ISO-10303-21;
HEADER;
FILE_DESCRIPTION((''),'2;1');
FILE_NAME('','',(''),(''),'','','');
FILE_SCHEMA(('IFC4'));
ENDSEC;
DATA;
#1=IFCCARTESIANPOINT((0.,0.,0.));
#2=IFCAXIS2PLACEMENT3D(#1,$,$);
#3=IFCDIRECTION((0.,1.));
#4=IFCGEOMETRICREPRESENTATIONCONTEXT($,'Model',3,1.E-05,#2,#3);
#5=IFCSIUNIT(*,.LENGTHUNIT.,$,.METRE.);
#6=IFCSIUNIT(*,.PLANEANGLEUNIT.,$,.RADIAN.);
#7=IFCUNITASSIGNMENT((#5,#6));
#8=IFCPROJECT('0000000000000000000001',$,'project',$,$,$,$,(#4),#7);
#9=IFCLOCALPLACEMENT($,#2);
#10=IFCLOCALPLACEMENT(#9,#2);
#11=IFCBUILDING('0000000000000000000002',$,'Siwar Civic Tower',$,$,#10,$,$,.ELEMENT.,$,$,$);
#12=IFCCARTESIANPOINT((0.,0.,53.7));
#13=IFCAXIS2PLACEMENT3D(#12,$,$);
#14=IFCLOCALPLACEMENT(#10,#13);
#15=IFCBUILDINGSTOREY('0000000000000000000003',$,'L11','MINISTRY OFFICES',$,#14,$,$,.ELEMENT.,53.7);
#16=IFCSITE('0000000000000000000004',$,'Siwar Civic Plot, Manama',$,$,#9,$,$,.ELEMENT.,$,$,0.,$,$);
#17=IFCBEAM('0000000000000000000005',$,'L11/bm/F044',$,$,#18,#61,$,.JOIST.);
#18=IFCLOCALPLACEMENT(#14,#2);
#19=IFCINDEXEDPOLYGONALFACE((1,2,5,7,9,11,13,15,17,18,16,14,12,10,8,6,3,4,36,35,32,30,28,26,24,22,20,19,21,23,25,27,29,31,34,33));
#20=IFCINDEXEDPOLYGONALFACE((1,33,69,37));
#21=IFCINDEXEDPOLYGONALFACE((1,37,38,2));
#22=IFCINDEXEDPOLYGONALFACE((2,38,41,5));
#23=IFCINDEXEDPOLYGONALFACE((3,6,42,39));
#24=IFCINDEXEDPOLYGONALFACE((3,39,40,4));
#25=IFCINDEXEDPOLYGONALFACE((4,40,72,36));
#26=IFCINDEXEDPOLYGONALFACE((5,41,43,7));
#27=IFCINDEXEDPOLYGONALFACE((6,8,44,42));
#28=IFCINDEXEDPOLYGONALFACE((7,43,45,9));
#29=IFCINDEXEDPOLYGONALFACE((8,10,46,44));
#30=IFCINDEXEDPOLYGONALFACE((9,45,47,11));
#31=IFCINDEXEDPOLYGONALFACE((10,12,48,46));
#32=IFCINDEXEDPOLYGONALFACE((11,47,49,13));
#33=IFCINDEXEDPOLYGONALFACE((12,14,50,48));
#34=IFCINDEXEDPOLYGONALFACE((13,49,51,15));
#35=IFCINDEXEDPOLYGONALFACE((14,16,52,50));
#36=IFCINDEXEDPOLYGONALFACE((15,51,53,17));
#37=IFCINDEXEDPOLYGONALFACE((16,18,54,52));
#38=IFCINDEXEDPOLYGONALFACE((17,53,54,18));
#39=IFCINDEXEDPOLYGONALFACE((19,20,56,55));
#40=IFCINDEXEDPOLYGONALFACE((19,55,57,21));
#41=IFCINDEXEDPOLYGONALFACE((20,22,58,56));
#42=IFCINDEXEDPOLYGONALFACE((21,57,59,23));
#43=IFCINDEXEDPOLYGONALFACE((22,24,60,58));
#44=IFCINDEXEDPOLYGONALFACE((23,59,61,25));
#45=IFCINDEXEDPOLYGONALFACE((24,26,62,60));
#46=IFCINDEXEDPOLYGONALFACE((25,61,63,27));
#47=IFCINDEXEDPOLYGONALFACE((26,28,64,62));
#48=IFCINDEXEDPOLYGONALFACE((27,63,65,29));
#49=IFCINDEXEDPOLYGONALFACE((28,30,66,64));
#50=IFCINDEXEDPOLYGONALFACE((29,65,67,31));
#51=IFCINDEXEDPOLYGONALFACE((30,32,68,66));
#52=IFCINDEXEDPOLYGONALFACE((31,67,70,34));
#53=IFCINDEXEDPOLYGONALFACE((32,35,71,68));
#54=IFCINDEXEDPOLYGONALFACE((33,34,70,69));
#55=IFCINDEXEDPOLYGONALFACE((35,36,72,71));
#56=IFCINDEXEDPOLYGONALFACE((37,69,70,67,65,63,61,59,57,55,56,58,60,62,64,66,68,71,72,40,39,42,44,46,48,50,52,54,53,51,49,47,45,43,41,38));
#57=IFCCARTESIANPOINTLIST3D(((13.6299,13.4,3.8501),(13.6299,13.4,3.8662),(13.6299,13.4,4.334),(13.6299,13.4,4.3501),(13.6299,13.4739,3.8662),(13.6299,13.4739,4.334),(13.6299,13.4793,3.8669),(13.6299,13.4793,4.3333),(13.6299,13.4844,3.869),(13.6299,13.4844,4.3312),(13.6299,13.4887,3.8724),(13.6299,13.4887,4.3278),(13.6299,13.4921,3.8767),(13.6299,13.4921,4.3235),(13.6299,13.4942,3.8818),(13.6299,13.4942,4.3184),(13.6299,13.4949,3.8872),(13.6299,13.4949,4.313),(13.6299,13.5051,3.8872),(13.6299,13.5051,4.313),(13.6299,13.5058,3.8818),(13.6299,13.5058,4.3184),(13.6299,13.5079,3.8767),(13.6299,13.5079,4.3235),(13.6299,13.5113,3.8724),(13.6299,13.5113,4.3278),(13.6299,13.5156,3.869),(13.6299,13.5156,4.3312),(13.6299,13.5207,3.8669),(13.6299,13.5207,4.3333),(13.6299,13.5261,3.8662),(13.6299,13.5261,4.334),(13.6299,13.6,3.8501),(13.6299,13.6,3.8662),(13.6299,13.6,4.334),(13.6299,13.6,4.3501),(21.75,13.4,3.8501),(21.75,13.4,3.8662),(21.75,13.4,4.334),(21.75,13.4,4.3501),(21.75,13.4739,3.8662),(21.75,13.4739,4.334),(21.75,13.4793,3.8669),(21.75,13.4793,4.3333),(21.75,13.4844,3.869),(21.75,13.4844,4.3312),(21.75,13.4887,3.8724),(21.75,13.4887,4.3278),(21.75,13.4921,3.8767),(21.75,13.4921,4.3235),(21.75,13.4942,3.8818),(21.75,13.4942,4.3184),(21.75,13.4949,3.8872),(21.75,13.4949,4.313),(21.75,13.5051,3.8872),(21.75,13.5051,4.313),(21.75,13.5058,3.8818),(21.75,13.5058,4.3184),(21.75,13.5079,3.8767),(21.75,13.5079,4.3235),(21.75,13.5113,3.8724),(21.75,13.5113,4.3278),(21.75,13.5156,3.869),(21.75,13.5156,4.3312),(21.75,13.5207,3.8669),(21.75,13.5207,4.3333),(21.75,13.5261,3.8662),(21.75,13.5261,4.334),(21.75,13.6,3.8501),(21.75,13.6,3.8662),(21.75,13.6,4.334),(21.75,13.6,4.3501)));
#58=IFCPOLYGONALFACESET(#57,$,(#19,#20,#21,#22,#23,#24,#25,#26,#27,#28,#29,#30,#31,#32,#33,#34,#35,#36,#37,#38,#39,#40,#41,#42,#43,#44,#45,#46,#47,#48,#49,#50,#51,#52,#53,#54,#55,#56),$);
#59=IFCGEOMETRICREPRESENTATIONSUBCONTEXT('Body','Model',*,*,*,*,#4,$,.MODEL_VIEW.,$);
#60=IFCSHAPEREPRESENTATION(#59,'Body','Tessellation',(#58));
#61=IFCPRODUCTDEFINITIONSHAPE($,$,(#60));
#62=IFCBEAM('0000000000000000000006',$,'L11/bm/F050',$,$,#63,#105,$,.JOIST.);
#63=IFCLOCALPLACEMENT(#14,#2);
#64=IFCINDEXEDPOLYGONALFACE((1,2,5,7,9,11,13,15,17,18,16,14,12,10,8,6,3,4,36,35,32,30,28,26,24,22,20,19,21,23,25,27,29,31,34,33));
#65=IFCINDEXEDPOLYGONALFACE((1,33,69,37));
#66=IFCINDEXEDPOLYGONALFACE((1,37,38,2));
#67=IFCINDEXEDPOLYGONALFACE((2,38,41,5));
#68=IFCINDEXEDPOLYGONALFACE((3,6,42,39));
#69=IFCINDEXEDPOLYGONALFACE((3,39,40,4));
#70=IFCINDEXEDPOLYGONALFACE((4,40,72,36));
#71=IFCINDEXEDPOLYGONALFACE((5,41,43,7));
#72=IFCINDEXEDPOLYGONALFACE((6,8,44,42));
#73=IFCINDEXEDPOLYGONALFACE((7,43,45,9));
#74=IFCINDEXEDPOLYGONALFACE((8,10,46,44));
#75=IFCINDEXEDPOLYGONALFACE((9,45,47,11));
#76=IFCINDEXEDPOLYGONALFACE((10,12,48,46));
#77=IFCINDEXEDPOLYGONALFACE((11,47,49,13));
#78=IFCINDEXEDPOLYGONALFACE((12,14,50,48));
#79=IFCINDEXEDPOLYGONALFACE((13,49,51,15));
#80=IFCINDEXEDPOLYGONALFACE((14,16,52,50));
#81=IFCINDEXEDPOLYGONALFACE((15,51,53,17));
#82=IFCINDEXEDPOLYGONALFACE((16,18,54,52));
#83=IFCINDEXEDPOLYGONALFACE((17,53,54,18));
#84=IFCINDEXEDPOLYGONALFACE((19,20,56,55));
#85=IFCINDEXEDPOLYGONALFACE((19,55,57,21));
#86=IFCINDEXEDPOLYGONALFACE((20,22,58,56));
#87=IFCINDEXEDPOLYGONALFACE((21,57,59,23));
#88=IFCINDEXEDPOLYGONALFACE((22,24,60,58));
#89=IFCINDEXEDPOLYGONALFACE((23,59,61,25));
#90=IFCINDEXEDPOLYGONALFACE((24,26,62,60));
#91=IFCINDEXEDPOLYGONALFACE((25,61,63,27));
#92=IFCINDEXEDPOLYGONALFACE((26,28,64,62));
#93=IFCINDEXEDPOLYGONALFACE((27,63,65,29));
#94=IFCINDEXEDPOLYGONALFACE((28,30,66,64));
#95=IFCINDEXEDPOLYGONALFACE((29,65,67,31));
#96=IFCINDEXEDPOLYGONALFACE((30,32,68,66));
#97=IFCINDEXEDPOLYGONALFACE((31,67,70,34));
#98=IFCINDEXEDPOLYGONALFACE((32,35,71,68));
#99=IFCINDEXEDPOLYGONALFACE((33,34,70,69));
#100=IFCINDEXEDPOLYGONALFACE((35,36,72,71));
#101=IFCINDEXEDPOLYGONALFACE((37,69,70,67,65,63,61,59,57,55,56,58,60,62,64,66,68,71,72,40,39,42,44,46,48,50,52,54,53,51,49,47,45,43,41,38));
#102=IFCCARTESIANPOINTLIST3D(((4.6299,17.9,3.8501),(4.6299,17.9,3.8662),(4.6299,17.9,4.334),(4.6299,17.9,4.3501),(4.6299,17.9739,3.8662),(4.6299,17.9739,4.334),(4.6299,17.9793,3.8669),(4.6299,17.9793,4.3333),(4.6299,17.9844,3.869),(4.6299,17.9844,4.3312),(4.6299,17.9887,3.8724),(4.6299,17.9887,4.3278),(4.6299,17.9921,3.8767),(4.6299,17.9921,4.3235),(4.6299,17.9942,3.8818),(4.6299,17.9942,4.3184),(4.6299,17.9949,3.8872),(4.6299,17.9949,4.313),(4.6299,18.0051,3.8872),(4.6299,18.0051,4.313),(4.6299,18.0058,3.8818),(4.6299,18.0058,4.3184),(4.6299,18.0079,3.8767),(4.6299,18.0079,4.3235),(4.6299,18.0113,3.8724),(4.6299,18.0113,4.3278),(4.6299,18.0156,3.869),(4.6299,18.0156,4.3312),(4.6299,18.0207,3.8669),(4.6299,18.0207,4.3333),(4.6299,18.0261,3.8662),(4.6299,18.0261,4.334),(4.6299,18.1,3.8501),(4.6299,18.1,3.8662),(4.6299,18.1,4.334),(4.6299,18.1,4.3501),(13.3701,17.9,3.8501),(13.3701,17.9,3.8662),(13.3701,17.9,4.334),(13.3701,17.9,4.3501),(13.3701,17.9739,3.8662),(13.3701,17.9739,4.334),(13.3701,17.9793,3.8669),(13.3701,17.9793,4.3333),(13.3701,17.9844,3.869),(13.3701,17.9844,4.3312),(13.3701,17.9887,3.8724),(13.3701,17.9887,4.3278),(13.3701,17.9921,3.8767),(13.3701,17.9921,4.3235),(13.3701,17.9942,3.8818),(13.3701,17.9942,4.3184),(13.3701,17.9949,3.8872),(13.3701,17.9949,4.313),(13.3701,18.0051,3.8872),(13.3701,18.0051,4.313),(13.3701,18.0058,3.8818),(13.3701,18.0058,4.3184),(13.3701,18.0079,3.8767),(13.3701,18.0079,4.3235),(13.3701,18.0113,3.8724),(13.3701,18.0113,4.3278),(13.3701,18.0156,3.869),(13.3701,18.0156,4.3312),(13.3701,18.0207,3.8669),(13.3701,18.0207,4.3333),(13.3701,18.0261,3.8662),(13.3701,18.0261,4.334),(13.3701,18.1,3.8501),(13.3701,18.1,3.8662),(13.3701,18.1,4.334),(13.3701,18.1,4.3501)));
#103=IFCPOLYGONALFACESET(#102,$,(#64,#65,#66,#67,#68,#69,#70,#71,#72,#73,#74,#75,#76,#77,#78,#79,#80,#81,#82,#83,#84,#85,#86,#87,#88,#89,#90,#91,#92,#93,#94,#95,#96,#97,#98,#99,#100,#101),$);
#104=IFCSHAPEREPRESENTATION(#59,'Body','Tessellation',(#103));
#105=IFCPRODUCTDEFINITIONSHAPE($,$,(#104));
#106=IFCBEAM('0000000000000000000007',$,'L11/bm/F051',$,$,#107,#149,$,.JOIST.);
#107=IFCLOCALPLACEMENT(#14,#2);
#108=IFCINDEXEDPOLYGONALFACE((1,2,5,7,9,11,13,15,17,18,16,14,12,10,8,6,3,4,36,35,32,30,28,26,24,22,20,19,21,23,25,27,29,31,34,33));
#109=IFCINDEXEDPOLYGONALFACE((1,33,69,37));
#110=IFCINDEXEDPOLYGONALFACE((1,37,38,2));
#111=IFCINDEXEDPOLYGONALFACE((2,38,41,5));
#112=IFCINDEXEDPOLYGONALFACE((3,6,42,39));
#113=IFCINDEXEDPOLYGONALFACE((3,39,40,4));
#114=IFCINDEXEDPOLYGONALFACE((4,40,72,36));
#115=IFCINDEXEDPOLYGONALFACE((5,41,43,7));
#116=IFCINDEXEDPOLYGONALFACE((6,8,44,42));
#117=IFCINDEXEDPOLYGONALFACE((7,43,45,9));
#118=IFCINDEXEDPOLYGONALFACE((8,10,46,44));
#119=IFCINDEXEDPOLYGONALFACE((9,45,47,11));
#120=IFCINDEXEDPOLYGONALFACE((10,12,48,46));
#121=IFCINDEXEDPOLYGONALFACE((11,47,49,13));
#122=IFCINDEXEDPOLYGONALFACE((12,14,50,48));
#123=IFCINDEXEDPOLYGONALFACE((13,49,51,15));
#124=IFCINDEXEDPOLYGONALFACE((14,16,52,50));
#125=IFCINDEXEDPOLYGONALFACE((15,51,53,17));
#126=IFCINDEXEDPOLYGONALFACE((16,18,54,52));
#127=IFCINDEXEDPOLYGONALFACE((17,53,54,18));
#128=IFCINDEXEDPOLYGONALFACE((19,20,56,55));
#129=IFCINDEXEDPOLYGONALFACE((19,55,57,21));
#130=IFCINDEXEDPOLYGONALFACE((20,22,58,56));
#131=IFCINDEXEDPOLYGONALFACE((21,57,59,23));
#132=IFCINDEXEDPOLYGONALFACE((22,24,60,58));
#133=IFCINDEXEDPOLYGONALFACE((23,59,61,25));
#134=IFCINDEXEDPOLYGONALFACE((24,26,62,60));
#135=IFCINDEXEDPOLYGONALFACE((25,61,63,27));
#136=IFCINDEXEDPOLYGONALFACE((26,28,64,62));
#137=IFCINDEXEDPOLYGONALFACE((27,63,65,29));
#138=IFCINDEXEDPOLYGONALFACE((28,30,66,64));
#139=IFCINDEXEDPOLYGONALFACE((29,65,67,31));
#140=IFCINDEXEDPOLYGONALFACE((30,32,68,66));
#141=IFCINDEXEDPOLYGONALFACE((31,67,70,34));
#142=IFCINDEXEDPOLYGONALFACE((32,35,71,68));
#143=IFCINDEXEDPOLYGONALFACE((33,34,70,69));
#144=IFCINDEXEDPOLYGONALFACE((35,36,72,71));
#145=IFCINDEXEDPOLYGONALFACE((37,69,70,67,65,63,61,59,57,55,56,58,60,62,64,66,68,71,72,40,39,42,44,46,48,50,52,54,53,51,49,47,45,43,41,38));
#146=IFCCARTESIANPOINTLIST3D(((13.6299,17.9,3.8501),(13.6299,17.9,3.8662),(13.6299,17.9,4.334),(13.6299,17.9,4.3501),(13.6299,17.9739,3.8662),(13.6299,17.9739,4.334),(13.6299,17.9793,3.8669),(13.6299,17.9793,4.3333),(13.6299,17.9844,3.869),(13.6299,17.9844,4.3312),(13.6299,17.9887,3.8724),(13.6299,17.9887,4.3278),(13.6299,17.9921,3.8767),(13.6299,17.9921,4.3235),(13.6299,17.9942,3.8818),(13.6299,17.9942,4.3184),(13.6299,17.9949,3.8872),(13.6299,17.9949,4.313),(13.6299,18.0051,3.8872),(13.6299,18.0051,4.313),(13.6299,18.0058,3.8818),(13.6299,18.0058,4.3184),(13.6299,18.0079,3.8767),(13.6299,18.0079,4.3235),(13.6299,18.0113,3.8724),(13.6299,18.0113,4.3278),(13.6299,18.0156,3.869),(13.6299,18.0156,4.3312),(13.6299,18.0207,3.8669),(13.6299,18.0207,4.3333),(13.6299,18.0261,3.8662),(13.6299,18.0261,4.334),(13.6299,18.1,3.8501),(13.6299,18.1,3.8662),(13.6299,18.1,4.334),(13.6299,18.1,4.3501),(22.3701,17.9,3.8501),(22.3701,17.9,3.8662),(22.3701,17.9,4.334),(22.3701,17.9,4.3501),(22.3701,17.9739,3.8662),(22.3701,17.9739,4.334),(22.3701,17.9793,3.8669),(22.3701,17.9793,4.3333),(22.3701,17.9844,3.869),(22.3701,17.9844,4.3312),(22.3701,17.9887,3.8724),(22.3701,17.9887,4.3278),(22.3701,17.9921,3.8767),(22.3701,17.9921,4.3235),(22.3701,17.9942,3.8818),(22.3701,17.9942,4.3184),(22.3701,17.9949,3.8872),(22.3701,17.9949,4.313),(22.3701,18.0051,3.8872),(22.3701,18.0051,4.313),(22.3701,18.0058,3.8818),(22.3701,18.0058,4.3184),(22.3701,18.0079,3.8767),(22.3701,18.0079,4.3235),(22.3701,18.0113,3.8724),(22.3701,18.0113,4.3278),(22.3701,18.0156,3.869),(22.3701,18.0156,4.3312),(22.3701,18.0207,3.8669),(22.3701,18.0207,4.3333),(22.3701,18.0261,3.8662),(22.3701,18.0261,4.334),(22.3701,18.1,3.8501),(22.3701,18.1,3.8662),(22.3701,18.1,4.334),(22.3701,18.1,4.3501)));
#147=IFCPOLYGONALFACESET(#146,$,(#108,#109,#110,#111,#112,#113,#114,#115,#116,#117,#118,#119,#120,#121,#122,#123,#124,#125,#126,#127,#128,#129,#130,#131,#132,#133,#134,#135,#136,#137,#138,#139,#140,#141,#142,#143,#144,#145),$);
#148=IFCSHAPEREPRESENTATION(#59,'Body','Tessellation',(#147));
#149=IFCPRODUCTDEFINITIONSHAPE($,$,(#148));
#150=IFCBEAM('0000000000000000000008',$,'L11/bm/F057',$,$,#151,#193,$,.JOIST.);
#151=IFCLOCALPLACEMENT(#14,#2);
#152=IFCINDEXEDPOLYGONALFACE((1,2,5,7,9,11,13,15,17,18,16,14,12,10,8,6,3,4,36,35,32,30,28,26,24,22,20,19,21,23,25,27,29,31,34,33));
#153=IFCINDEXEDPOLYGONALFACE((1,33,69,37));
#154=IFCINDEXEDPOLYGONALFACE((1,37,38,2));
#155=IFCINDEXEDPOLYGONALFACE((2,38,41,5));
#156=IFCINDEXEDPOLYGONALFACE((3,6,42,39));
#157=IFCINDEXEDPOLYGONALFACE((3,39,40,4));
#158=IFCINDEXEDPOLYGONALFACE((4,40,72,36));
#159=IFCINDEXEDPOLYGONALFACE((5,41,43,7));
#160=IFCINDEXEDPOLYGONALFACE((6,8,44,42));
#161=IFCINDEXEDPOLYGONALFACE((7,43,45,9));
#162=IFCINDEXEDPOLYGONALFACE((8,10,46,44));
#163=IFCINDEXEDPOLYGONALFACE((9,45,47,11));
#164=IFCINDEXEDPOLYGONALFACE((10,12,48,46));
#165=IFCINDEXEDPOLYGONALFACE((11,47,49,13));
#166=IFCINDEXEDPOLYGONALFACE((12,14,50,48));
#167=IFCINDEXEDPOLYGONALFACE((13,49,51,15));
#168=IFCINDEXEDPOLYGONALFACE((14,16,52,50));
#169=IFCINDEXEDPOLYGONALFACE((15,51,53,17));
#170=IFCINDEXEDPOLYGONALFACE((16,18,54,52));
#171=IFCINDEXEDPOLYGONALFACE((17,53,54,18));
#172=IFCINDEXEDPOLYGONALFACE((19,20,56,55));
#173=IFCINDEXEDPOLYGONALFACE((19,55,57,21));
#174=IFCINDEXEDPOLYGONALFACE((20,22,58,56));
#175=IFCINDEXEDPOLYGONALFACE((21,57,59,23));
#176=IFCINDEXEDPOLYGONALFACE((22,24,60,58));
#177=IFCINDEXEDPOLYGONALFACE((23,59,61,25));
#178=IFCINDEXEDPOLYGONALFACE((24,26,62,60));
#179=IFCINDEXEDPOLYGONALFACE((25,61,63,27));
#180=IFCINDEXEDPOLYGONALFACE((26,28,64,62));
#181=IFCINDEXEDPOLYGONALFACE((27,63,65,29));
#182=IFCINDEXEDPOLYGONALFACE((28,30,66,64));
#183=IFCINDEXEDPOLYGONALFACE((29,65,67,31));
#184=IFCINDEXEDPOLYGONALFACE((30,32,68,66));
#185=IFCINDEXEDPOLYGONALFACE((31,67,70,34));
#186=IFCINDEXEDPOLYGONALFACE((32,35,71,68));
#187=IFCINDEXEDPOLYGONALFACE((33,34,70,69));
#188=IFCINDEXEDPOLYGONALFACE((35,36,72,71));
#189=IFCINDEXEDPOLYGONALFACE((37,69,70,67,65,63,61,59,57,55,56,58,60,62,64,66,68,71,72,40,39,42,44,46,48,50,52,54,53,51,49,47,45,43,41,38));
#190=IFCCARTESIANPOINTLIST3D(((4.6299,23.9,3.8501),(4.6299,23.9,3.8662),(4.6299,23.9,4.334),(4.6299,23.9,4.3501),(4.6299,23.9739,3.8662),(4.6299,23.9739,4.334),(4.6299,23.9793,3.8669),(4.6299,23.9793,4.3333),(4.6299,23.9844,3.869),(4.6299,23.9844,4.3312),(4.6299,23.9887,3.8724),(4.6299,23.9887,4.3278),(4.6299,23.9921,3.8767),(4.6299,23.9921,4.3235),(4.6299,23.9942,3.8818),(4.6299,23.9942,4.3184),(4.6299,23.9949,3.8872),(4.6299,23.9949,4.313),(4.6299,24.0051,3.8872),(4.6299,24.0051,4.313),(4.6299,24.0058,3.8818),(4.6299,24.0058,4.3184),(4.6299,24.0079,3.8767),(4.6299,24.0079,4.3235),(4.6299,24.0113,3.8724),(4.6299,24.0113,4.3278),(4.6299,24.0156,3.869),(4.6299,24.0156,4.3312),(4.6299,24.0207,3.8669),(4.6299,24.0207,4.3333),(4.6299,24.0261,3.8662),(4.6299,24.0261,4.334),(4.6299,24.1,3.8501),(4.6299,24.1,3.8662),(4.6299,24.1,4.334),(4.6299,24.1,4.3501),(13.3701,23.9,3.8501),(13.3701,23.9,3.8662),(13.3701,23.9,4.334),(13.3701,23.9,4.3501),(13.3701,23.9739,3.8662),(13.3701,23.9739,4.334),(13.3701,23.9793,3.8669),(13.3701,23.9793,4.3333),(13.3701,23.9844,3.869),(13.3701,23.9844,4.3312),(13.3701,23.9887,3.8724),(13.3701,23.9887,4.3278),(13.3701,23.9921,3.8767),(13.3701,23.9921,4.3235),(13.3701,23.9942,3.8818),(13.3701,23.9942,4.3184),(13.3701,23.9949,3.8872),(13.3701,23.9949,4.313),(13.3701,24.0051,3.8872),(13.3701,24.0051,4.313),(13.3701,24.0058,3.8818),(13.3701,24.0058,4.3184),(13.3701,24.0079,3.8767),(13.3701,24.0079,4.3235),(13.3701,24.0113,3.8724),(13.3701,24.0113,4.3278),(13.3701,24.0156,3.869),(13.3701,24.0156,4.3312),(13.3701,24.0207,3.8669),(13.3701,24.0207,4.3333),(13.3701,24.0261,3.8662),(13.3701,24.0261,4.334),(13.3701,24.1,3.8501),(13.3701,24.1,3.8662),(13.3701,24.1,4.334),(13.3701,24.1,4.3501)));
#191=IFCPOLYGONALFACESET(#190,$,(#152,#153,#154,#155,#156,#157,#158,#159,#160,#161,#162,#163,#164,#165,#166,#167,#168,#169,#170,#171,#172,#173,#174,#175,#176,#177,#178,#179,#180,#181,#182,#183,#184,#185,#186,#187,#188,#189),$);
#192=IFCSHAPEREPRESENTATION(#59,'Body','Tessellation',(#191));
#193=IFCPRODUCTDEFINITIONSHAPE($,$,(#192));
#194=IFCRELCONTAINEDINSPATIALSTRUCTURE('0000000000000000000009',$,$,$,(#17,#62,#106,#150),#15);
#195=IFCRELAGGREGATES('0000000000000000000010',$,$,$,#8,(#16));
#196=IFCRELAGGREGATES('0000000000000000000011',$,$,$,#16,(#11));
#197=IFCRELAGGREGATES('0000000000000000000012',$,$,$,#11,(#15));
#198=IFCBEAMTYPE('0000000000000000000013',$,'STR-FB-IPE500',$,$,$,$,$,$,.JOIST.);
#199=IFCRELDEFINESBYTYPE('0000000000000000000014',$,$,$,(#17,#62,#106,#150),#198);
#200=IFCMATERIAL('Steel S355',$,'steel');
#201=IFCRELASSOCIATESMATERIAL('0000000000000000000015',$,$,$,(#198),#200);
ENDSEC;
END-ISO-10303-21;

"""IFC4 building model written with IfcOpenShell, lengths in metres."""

from ifc_helpers import new_model, si_unit, direction, frame, origin, origin_2d, place, context, subcontext, project, spatial, i_section, extrude, material, material_profile, profile_set, type_object, element, save


model = new_model("IFC4")

# Units and contexts
model_context = context("Model", 3, precision=1e-05, world=origin(), true_north=direction((0.0, 1.0)))
body_context = subcontext(model_context, "Body", "Model", "MODEL_VIEW")
ifc_project = project(units=[si_unit("LENGTHUNIT", "METRE"), si_unit("PLANEANGLEUNIT", "RADIAN")], contexts=[model_context])

# Site, building, storey
site_placement = place(None, origin())
site = spatial("IfcSite", under=ifc_project, at=site_placement, Name="Siwar Civic Plot, Manama", CompositionType="ELEMENT", RefElevation=0.0)
building_placement = place(site_placement, origin())
building = spatial("IfcBuilding", under=site, at=building_placement, Name="Siwar Civic Tower", CompositionType="ELEMENT")
storey_placement = place(building_placement, frame((0.0, 0.0, 53.7)))
storey = spatial("IfcBuildingStorey", under=building, at=storey_placement, Name="L11", Description="MINISTRY OFFICES", CompositionType="ELEMENT", Elevation=53.7)

# Beams
ifc_material_1 = material(Name="Steel S355", Category="steel")
ifc_material_profile_1 = material_profile(ifc_material_1, i_section(OverallWidth=0.2, OverallDepth=0.5, WebThickness=0.0103, FlangeThickness=0.0161, FilletRadius=0.021, at=origin_2d()), Name="IPE500")
ifc_profile_set_1 = profile_set([ifc_material_profile_1], Name="Steel S355")
beam_type_1 = type_object("IfcBeamType", Name="STR-FB-IPE500", PredefinedType="JOIST", material=ifc_profile_set_1)
beam_1_placement = place(storey_placement, frame((13.6299, 13.5, 4.1001), z_axis=(1.0, 0.0, 0.0), x_axis=(0.0, 1.0, 0.0)))
element("IfcBeam", 1, at=beam_1_placement, inside=storey, type_object=beam_type_1, Name="L11/bm/F044", PredefinedType="JOIST", context=body_context, shape_type="SweptSolid", body=[
    extrude(i_section(OverallWidth=0.2, OverallDepth=0.5, WebThickness=0.0103, FlangeThickness=0.0161, FilletRadius=0.021, at=origin_2d()), origin(), (0.0, 0.0, 1.0), 8.1201),
])
for number, where, z_axis, x_axis, name in (
    (2, (4.6299, 18.0, 4.1001), (1.0, 0.0, 0.0), (0.0, 1.0, 0.0), "L11/bm/F050"),
    (3, (13.6299, 18.0, 4.1001), (1.0, 0.0, 0.0), (0.0, 1.0, 0.0), "L11/bm/F051"),
    (4, (4.6299, 24.0, 4.1001), (1.0, 0.0, 0.0), (0.0, 1.0, 0.0), "L11/bm/F057"),
):
    element("IfcBeam", number, at=place(storey_placement, frame(where, z_axis=z_axis, x_axis=x_axis)), inside=storey, type_object=beam_type_1, Name=name, PredefinedType="JOIST", context=body_context, shape_type="SweptSolid", body=[
        extrude(i_section(OverallWidth=0.2, OverallDepth=0.5, WebThickness=0.0103, FlangeThickness=0.0161, FilletRadius=0.021, at=origin_2d()), origin(), (0.0, 0.0, 1.0), 8.7402),
    ])

save(model, "model.ifc")
